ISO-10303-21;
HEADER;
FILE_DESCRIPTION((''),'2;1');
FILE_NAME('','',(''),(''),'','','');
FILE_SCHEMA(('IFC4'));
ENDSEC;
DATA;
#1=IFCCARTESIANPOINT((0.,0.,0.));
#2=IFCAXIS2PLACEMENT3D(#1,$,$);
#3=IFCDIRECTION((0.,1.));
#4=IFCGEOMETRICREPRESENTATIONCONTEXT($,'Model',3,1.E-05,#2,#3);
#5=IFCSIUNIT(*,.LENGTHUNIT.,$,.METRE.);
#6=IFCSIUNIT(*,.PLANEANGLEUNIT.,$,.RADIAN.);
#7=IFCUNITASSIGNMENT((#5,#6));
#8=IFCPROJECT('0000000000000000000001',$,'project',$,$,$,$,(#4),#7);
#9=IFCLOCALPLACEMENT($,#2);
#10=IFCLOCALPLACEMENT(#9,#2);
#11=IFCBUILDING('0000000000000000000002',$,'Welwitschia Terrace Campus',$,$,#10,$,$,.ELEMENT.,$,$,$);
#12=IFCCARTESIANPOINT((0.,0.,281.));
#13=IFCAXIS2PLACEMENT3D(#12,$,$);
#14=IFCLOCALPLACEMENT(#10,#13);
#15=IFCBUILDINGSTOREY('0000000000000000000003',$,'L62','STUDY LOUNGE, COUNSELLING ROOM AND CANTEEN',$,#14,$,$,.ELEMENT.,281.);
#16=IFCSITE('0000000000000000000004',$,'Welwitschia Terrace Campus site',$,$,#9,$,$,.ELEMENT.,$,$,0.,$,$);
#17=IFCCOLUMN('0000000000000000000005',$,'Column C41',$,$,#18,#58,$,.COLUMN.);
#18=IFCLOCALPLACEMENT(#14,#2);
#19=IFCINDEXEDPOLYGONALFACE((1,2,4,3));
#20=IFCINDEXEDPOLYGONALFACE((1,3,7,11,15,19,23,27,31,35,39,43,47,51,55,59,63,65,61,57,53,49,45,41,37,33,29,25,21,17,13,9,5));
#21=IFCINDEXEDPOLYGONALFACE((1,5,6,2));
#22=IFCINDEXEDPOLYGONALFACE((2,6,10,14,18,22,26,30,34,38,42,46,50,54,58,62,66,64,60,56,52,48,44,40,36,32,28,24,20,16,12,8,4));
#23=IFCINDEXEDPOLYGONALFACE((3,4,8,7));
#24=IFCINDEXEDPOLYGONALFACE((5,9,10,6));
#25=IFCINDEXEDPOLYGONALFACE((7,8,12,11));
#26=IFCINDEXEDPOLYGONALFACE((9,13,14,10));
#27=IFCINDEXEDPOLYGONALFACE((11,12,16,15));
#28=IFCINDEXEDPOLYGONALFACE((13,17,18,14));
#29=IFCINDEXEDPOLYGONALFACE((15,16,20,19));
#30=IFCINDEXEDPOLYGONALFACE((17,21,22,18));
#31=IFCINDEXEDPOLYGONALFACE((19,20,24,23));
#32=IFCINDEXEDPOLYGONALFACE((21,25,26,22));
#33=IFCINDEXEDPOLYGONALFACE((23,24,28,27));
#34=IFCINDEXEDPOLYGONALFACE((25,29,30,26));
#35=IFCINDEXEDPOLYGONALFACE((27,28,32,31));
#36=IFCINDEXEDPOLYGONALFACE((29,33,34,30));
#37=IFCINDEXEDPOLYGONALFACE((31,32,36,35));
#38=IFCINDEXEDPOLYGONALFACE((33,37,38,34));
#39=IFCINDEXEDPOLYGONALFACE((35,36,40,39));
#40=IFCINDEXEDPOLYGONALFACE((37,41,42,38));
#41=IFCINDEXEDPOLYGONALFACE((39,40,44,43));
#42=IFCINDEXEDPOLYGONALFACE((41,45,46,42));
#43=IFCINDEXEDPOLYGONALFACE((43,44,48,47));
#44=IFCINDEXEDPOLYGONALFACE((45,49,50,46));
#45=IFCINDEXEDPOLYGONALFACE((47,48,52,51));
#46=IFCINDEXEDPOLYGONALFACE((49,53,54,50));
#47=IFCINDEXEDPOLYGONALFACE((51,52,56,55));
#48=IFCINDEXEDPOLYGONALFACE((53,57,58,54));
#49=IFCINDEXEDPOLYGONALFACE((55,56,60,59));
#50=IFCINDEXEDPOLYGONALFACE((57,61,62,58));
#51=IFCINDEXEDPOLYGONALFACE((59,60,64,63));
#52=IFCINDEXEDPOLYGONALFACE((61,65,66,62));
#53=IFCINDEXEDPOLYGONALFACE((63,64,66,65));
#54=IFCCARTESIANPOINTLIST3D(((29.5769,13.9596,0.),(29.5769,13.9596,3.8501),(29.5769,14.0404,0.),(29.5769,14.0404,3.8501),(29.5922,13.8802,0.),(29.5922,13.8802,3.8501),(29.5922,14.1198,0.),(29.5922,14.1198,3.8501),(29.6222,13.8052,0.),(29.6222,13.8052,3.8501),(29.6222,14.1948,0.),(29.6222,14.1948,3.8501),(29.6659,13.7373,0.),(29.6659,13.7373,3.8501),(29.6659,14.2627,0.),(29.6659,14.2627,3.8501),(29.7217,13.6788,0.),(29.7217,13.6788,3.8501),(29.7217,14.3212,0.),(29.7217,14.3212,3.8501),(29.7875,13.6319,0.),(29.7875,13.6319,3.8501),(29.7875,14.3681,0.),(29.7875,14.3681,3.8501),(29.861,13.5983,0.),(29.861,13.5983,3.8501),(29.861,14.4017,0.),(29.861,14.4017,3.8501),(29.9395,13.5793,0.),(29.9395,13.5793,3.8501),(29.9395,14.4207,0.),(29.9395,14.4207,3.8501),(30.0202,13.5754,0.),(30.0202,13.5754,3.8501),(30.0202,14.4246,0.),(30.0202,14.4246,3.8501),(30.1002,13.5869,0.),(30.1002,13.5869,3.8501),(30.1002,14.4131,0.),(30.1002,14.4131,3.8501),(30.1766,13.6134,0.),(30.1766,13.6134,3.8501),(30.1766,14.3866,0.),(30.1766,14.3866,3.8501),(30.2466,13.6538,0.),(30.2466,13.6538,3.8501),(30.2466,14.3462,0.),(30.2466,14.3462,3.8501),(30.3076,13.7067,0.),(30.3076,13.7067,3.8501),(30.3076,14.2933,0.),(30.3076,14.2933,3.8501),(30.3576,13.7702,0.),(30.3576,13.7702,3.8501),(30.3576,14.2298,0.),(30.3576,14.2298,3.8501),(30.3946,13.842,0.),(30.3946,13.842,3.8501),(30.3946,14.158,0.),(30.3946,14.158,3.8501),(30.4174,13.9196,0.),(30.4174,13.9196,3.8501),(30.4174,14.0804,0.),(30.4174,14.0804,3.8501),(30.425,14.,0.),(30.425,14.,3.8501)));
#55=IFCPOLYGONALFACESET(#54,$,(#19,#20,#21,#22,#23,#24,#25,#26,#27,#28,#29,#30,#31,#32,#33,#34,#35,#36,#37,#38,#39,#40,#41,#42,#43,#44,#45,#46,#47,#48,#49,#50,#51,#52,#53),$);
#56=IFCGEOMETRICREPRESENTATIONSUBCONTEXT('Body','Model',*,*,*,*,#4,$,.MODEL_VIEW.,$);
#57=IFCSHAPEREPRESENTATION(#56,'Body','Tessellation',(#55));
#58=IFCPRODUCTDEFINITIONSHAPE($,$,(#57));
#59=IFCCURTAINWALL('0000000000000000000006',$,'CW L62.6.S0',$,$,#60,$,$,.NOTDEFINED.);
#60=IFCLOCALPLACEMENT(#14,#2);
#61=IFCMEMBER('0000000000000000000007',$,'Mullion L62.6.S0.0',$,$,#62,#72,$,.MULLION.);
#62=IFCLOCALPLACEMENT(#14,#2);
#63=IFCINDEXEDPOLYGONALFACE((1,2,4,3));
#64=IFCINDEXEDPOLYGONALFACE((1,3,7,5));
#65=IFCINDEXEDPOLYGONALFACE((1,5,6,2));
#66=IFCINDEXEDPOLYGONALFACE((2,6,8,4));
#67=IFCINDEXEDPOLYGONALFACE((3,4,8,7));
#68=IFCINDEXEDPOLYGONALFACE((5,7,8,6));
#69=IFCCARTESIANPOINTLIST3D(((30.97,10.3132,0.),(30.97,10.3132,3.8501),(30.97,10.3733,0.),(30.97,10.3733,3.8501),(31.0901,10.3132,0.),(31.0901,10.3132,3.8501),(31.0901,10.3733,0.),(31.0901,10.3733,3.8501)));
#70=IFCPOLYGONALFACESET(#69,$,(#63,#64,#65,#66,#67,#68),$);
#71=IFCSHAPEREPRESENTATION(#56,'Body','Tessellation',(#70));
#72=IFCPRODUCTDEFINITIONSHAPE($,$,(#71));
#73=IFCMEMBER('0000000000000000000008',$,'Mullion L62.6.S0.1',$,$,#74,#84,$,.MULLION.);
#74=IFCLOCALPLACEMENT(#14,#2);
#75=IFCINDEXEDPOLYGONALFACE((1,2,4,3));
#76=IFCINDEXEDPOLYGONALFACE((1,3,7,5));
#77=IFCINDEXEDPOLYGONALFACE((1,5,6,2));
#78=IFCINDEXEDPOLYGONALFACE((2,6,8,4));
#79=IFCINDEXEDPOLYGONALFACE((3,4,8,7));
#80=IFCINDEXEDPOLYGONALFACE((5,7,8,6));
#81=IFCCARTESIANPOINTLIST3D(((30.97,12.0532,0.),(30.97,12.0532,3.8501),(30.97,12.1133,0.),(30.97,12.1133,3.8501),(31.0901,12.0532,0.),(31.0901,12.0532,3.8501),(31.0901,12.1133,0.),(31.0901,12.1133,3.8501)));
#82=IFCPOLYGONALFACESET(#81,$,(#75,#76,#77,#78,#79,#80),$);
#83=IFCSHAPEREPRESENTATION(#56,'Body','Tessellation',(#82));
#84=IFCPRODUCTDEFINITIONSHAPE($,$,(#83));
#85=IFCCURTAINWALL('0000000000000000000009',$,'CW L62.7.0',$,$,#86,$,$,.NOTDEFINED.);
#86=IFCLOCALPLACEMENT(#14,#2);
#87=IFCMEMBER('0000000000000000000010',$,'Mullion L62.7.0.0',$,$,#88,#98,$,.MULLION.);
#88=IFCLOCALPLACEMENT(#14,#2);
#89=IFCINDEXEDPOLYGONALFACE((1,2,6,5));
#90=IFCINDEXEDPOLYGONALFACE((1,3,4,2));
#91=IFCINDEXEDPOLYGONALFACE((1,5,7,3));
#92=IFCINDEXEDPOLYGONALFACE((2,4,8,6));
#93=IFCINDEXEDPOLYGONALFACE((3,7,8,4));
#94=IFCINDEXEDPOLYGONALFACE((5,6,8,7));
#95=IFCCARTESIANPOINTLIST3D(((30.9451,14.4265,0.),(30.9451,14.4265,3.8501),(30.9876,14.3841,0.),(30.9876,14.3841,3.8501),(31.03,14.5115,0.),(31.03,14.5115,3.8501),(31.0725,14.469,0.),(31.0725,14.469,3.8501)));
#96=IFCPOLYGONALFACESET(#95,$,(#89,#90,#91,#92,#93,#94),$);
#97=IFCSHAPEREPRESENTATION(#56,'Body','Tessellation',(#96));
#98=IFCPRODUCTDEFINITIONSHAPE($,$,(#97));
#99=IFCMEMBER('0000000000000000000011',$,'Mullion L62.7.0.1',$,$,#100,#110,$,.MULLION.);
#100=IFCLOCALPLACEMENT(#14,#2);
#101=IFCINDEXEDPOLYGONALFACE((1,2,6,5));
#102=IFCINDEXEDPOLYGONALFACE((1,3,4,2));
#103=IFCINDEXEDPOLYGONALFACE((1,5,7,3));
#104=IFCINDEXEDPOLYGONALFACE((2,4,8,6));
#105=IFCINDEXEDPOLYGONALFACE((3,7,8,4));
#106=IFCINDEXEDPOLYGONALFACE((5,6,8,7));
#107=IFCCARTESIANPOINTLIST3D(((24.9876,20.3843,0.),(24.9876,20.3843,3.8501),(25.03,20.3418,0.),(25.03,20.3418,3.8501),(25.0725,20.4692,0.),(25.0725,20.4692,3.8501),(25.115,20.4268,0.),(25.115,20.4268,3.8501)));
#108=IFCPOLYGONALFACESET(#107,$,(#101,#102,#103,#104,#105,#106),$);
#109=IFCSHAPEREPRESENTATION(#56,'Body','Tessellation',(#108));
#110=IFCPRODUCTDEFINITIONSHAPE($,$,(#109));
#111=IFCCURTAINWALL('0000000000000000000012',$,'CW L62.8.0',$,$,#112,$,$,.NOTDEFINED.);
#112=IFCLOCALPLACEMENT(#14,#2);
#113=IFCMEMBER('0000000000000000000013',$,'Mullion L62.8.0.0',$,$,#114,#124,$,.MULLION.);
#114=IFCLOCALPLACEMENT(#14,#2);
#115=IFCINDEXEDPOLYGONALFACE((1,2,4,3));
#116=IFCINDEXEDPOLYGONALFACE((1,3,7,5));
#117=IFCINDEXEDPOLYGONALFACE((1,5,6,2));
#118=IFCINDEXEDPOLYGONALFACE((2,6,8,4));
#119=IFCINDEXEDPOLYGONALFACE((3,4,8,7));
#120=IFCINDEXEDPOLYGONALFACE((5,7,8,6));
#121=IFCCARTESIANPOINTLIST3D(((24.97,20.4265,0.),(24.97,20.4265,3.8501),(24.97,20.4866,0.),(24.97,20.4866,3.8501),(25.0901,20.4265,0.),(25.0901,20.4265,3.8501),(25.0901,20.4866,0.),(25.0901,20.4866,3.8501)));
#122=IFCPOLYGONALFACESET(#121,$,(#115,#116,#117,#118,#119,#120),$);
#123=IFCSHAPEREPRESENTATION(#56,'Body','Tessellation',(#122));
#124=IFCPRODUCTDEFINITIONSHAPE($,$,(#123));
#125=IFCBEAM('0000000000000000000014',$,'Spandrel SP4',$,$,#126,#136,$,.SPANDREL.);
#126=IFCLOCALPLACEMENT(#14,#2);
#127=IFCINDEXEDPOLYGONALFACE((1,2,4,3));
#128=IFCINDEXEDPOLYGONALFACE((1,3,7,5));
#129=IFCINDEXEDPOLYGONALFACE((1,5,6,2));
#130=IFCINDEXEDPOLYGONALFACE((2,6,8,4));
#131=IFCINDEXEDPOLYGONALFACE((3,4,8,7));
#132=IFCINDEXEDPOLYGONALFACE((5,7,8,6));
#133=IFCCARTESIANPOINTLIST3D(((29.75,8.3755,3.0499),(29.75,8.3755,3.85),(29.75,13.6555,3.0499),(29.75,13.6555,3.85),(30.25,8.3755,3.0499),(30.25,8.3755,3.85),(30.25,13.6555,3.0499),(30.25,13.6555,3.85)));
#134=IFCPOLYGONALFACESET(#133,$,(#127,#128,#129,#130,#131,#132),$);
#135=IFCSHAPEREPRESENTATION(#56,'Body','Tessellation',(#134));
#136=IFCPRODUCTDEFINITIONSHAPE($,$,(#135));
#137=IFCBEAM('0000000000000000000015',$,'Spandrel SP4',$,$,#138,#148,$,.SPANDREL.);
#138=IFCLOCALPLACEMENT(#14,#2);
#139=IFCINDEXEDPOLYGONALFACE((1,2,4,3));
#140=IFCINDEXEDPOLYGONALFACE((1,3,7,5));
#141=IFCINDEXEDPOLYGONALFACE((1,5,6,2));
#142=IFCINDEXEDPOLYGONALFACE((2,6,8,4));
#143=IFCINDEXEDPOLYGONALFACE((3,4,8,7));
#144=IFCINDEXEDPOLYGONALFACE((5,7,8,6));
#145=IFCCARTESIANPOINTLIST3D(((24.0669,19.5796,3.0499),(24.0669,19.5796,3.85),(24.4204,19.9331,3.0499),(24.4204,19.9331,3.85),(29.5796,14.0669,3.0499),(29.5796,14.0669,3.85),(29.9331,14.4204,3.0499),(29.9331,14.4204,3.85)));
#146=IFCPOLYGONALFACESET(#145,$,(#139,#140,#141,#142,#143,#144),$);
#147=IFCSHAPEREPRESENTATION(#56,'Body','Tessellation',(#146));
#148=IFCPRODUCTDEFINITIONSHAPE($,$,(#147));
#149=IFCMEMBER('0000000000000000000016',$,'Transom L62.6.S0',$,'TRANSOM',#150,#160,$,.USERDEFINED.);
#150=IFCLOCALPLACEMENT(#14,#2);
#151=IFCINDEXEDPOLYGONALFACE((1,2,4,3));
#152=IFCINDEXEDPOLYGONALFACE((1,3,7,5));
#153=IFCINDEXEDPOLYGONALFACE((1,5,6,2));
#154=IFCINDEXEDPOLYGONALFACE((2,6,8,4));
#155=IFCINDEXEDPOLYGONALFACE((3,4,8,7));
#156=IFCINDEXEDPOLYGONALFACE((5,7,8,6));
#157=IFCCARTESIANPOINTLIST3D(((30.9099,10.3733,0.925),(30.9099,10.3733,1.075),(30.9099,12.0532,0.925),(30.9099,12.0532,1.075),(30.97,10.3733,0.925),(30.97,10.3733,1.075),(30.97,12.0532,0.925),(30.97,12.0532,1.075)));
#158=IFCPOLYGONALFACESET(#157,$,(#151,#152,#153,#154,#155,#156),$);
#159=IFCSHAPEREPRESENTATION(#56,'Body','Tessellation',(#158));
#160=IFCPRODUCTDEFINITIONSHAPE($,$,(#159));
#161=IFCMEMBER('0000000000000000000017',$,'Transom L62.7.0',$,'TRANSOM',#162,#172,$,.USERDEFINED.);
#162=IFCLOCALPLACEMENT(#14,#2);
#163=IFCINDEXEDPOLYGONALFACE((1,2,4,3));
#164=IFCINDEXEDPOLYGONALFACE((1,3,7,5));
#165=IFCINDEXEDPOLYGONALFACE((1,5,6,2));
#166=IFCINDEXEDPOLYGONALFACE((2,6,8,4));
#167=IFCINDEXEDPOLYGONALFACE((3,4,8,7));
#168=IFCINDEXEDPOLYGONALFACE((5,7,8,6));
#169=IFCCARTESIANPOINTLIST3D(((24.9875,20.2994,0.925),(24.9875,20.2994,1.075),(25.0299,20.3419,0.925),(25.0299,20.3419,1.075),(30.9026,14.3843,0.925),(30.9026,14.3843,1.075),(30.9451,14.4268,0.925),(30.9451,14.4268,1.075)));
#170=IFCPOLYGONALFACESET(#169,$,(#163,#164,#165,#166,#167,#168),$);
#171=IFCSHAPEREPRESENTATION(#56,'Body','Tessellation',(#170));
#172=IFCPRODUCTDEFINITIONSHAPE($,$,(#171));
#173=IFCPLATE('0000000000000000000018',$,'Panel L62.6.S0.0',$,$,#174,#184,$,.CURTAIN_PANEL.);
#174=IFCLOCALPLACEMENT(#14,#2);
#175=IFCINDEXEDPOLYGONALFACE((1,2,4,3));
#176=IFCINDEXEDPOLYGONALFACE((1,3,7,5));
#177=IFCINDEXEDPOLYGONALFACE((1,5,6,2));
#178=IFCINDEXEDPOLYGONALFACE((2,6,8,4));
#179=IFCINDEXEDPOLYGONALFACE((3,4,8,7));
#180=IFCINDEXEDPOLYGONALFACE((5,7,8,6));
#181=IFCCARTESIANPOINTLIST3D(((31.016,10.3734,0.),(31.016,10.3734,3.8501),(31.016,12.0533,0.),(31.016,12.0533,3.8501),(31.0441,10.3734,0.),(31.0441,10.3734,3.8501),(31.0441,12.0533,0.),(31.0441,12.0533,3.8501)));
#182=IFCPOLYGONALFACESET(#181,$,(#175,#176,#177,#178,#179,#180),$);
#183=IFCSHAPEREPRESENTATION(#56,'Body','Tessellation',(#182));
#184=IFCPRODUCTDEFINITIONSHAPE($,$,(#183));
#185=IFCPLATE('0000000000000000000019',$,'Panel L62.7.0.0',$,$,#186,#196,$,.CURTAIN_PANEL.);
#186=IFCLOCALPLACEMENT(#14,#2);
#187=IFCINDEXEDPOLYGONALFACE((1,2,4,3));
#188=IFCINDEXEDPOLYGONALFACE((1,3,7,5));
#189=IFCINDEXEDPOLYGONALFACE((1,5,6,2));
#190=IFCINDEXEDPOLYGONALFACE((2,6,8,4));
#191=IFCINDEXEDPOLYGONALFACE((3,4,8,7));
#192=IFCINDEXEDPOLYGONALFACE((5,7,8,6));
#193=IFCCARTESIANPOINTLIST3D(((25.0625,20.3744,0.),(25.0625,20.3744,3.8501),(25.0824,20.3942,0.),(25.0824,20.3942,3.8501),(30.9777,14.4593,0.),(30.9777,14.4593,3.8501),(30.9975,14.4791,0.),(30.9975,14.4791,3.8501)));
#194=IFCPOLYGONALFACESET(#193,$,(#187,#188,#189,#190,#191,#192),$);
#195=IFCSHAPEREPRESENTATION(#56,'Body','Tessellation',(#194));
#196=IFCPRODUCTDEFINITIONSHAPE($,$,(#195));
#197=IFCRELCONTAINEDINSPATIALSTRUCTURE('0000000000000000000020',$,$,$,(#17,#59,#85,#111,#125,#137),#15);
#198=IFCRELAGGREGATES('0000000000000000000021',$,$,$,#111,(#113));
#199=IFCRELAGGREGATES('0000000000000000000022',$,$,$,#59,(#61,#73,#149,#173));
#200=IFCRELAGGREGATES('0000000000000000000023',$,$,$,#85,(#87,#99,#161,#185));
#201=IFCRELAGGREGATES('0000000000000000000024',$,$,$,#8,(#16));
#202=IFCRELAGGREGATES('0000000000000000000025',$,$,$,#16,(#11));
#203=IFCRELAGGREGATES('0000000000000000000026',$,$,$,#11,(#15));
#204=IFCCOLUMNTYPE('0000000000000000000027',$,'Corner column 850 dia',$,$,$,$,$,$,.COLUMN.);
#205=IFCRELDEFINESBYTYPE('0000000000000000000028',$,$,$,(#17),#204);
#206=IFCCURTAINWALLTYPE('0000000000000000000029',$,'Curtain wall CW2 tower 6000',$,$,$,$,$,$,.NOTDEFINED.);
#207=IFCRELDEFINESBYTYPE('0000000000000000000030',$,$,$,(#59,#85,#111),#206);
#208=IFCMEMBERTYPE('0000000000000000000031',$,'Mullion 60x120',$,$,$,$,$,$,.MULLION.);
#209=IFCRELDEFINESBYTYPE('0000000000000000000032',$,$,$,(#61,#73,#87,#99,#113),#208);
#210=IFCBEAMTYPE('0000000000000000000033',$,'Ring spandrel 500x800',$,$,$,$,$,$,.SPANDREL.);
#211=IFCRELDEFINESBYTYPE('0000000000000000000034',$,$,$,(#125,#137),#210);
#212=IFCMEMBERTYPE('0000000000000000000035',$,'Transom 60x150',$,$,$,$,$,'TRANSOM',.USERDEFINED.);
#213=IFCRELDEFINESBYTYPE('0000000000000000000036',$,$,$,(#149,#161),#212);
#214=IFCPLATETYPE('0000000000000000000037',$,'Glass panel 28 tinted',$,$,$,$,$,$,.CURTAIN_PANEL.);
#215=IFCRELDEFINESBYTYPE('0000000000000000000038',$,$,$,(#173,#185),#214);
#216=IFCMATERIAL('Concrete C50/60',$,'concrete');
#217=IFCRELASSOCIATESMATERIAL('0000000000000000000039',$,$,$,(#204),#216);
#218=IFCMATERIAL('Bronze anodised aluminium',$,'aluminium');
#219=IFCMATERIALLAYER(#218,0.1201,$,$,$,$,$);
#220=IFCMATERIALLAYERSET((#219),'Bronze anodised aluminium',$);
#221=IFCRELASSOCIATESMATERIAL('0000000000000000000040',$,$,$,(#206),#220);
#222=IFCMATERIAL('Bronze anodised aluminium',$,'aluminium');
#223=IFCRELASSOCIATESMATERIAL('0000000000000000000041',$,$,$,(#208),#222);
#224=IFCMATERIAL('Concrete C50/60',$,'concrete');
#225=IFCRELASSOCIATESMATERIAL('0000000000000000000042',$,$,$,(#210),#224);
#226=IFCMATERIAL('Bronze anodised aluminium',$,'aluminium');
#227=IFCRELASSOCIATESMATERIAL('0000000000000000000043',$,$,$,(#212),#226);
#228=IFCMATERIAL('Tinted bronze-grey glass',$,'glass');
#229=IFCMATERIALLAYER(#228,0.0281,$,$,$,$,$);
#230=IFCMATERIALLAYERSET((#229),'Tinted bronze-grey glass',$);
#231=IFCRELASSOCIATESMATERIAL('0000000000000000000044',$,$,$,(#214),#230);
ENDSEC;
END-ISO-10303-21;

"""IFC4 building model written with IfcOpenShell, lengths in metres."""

from ifc_helpers import new_model, si_unit, direction, frame, origin, origin_2d, place, context, subcontext, project, spatial, rectangle, circle, extrude, material, layer, layer_set, material_profile, profile_set, type_object, element, aggregate, save


model = new_model("IFC4")

# Units and contexts
model_context = context("Model", 3, precision=1e-05, world=origin(), true_north=direction((0.0, 1.0)))
body_context = subcontext(model_context, "Body", "Model", "MODEL_VIEW")
ifc_project = project(units=[si_unit("LENGTHUNIT", "METRE"), si_unit("PLANEANGLEUNIT", "RADIAN")], contexts=[model_context])

# Site, building, storey
site_placement = place(None, origin())
site = spatial("IfcSite", under=ifc_project, at=site_placement, Name="Welwitschia Terrace Campus site", CompositionType="ELEMENT", RefElevation=0.0)
building_placement = place(site_placement, origin())
building = spatial("IfcBuilding", under=site, at=building_placement, Name="Welwitschia Terrace Campus", CompositionType="ELEMENT")
storey_placement = place(building_placement, frame((0.0, 0.0, 281.0)))
storey = spatial("IfcBuildingStorey", under=building, at=storey_placement, Name="L62", Description="STUDY LOUNGE, COUNSELLING ROOM AND CANTEEN", CompositionType="ELEMENT", Elevation=281.0)

# Column
ifc_material_1 = material(Name="Concrete C50/60", Category="concrete")
ifc_material_profile_1 = material_profile(ifc_material_1, circle(Radius=0.425, at=origin_2d()))
ifc_profile_set_1 = profile_set([ifc_material_profile_1], Name="Concrete C50/60")
column_type = type_object("IfcColumnType", Name="Corner column 850 dia", PredefinedType="COLUMN", material=ifc_profile_set_1)
column_placement = place(storey_placement, frame((30.0, 14.0, 0.0), z_axis=(0.0, 0.0, 1.0), x_axis=(1.0, 0.0, 0.0)))
element("IfcColumn", 1, at=column_placement, inside=storey, type_object=column_type, Name="Column C41", PredefinedType="COLUMN", context=body_context, shape_type="SweptSolid", body=[
    extrude(circle(Radius=0.425, at=origin_2d()), origin(), (0.0, 0.0, 1.0), 3.8501),
])

# Curtain walls, members
ifc_material_2 = material(Name="Bronze anodised aluminium", Category="aluminium")
ifc_layer_1 = layer(ifc_material_2, 0.1201)
ifc_layer_set_1 = layer_set([ifc_layer_1], Name="Bronze anodised aluminium")
curtain_wall_type = type_object("IfcCurtainWallType", Name="Curtain wall CW2 tower 6000", PredefinedType="NOTDEFINED", material=ifc_layer_set_1)
curtain_wall_1_placement = place(storey_placement, origin())
curtain_wall_1 = element("IfcCurtainWall", 2, at=curtain_wall_1_placement, inside=storey, type_object=curtain_wall_type, Name="CW L62.6.S0", PredefinedType="NOTDEFINED")
ifc_material_3 = material(Name="Bronze anodised aluminium", Category="aluminium")
ifc_material_profile_2 = material_profile(ifc_material_3, rectangle(XDim=0.1201, YDim=0.0601, at=origin_2d()))
ifc_profile_set_2 = profile_set([ifc_material_profile_2], Name="Bronze anodised aluminium")
member_type_1 = type_object("IfcMemberType", Name="Mullion 60x120", PredefinedType="MULLION", material=ifc_profile_set_2)
member_1_placement = place(storey_placement, frame((31.03, 10.3433, 0.0), z_axis=(0.0, 0.0, 1.0), x_axis=(-1.0, 0.0, 0.0)))
member_1 = element("IfcMember", 3, at=member_1_placement, type_object=member_type_1, Name="Mullion L62.6.S0.0", PredefinedType="MULLION", context=body_context, shape_type="SweptSolid", body=[
    extrude(rectangle(XDim=0.1201, YDim=0.0601, at=origin_2d()), origin(), (0.0, 0.0, 1.0), 3.8501),
])
member_2_placement = place(storey_placement, frame((31.03, 12.0833, 0.0), z_axis=(0.0, 0.0, 1.0), x_axis=(-1.0, 0.0, 0.0)))
member_2 = element("IfcMember", 4, at=member_2_placement, type_object=member_type_1, Name="Mullion L62.6.S0.1", PredefinedType="MULLION", context=body_context, shape_type="SweptSolid", body=[
    extrude(rectangle(XDim=0.1201, YDim=0.0601, at=origin_2d()), origin(), (0.0, 0.0, 1.0), 3.8501),
])
curtain_wall_2_placement = place(storey_placement, origin())
curtain_wall_2 = element("IfcCurtainWall", 5, at=curtain_wall_2_placement, inside=storey, type_object=curtain_wall_type, Name="CW L62.7.0", PredefinedType="NOTDEFINED")
member_3_placement = place(storey_placement, frame((31.0088, 14.4478, 0.0), z_axis=(0.0, 0.0, 1.0), x_axis=(-0.707107, -0.707107, 0.0)))
member_3 = element("IfcMember", 6, at=member_3_placement, type_object=member_type_1, Name="Mullion L62.7.0.0", PredefinedType="MULLION", context=body_context, shape_type="SweptSolid", body=[
    extrude(rectangle(XDim=0.1201, YDim=0.0601, at=origin_2d()), origin(), (0.0, 0.0, 1.0), 3.8501),
])
member_4_placement = place(storey_placement, frame((25.0513, 20.4055, 0.0), z_axis=(0.0, 0.0, 1.0), x_axis=(-0.707107, -0.707107, 0.0)))
member_4 = element("IfcMember", 7, at=member_4_placement, type_object=member_type_1, Name="Mullion L62.7.0.1", PredefinedType="MULLION", context=body_context, shape_type="SweptSolid", body=[
    extrude(rectangle(XDim=0.1201, YDim=0.0601, at=origin_2d()), origin(), (0.0, 0.0, 1.0), 3.8501),
])

# Curtain wall, member
curtain_wall_3_placement = place(storey_placement, origin())
curtain_wall_3 = element("IfcCurtainWall", 8, at=curtain_wall_3_placement, inside=storey, type_object=curtain_wall_type, Name="CW L62.8.0", PredefinedType="NOTDEFINED")
member_5_placement = place(storey_placement, frame((25.03, 20.4565, 0.0), z_axis=(0.0, 0.0, 1.0), x_axis=(-1.0, 0.0, 0.0)))
member_5 = element("IfcMember", 9, at=member_5_placement, type_object=member_type_1, Name="Mullion L62.8.0.0", PredefinedType="MULLION", context=body_context, shape_type="SweptSolid", body=[
    extrude(rectangle(XDim=0.1201, YDim=0.0601, at=origin_2d()), origin(), (0.0, 0.0, 1.0), 3.8501),
])
aggregate(curtain_wall_3, [member_5])

# Beams
ifc_material_4 = material(Name="Concrete C50/60", Category="concrete")
ifc_material_profile_3 = material_profile(ifc_material_4, rectangle(XDim=0.5, YDim=0.8, at=origin_2d()))
ifc_profile_set_3 = profile_set([ifc_material_profile_3], Name="Concrete C50/60")
beam_type = type_object("IfcBeamType", Name="Ring spandrel 500x800", PredefinedType="SPANDREL", material=ifc_profile_set_3)
beam_1_placement = place(storey_placement, frame((30.0, 8.3755, 3.45), z_axis=(0.0, 1.0, 0.0), x_axis=(-1.0, 0.0, 0.0)))
element("IfcBeam", 10, at=beam_1_placement, inside=storey, type_object=beam_type, Name="Spandrel SP4", PredefinedType="SPANDREL", context=body_context, shape_type="SweptSolid", body=[
    extrude(rectangle(XDim=0.5, YDim=0.8, at=origin_2d()), origin(), (0.0, 0.0, 1.0), 5.28),
])
beam_2_placement = place(storey_placement, frame((29.7563, 14.2437, 3.45), z_axis=(-0.707107, 0.707107, 0.0), x_axis=(-0.707107, -0.707107, 0.0)))
element("IfcBeam", 11, at=beam_2_placement, inside=storey, type_object=beam_type, Name="Spandrel SP4", PredefinedType="SPANDREL", context=body_context, shape_type="SweptSolid", body=[
    extrude(rectangle(XDim=0.5, YDim=0.8, at=origin_2d()), origin(), (0.0, 0.0, 1.0), 7.7961),
])

# Members
ifc_material_5 = material(Name="Bronze anodised aluminium", Category="aluminium")
ifc_material_profile_4 = material_profile(ifc_material_5, rectangle(XDim=0.0601, YDim=0.1499, at=origin_2d()))
ifc_profile_set_4 = profile_set([ifc_material_profile_4], Name="Bronze anodised aluminium")
member_type_2 = type_object("IfcMemberType", Name="Transom 60x150", ElementType="TRANSOM", PredefinedType="USERDEFINED", material=ifc_profile_set_4)
member_6_placement = place(storey_placement, frame((30.9399, 10.3733, 1.0), z_axis=(0.0, 1.0, 0.0), x_axis=(-1.0, 0.0, 0.0)))
member_6 = element("IfcMember", 12, at=member_6_placement, type_object=member_type_2, Name="Transom L62.6.S0", ObjectType="TRANSOM", PredefinedType="USERDEFINED", context=body_context, shape_type="SweptSolid", body=[
    extrude(rectangle(XDim=0.0601, YDim=0.1499, at=origin_2d()), origin(), (0.0, 0.0, 1.0), 1.6799),
])
member_7_placement = place(storey_placement, frame((30.9238, 14.4055, 1.0), z_axis=(-0.707107, 0.707107, 0.0), x_axis=(-0.707107, -0.707107, 0.0)))
member_7 = element("IfcMember", 13, at=member_7_placement, type_object=member_type_2, Name="Transom L62.7.0", ObjectType="TRANSOM", PredefinedType="USERDEFINED", context=body_context, shape_type="SweptSolid", body=[
    extrude(rectangle(XDim=0.0601, YDim=0.1499, at=origin_2d()), origin(), (0.0, 0.0, 1.0), 8.3652),
])

# Plates
ifc_material_6 = material(Name="Tinted bronze-grey glass", Category="glass")
ifc_layer_2 = layer(ifc_material_6, 0.0281)
ifc_layer_set_2 = layer_set([ifc_layer_2], Name="Tinted bronze-grey glass")
plate_type = type_object("IfcPlateType", Name="Glass panel 28 tinted", PredefinedType="CURTAIN_PANEL", material=ifc_layer_set_2)
plate_1_placement = place(storey_placement, frame((31.03, 11.2134, 0.0), z_axis=(0.0, 0.0, 1.0), x_axis=(0.0, 1.0, 0.0)))
plate_1 = element("IfcPlate", 14, at=plate_1_placement, type_object=plate_type, Name="Panel L62.6.S0.0", PredefinedType="CURTAIN_PANEL", context=body_context, shape_type="SweptSolid", body=[
    extrude(rectangle(XDim=1.6799, YDim=0.0281, at=origin_2d()), origin(), (0.0, 0.0, 1.0), 3.8501),
])
aggregate(curtain_wall_1, [member_1, member_2, member_6, plate_1])
plate_2_placement = place(storey_placement, frame((28.03, 17.4268, 0.0), z_axis=(0.0, 0.0, 1.0), x_axis=(-0.707107, 0.707107, 0.0)))
plate_2 = element("IfcPlate", 15, at=plate_2_placement, type_object=plate_type, Name="Panel L62.7.0.0", PredefinedType="CURTAIN_PANEL", context=body_context, shape_type="SweptSolid", body=[
    extrude(rectangle(XDim=8.3652, YDim=0.0281, at=origin_2d()), origin(), (0.0, 0.0, 1.0), 3.8501),
])
aggregate(curtain_wall_2, [member_3, member_4, member_7, plate_2])

save(model, "model.ifc")
